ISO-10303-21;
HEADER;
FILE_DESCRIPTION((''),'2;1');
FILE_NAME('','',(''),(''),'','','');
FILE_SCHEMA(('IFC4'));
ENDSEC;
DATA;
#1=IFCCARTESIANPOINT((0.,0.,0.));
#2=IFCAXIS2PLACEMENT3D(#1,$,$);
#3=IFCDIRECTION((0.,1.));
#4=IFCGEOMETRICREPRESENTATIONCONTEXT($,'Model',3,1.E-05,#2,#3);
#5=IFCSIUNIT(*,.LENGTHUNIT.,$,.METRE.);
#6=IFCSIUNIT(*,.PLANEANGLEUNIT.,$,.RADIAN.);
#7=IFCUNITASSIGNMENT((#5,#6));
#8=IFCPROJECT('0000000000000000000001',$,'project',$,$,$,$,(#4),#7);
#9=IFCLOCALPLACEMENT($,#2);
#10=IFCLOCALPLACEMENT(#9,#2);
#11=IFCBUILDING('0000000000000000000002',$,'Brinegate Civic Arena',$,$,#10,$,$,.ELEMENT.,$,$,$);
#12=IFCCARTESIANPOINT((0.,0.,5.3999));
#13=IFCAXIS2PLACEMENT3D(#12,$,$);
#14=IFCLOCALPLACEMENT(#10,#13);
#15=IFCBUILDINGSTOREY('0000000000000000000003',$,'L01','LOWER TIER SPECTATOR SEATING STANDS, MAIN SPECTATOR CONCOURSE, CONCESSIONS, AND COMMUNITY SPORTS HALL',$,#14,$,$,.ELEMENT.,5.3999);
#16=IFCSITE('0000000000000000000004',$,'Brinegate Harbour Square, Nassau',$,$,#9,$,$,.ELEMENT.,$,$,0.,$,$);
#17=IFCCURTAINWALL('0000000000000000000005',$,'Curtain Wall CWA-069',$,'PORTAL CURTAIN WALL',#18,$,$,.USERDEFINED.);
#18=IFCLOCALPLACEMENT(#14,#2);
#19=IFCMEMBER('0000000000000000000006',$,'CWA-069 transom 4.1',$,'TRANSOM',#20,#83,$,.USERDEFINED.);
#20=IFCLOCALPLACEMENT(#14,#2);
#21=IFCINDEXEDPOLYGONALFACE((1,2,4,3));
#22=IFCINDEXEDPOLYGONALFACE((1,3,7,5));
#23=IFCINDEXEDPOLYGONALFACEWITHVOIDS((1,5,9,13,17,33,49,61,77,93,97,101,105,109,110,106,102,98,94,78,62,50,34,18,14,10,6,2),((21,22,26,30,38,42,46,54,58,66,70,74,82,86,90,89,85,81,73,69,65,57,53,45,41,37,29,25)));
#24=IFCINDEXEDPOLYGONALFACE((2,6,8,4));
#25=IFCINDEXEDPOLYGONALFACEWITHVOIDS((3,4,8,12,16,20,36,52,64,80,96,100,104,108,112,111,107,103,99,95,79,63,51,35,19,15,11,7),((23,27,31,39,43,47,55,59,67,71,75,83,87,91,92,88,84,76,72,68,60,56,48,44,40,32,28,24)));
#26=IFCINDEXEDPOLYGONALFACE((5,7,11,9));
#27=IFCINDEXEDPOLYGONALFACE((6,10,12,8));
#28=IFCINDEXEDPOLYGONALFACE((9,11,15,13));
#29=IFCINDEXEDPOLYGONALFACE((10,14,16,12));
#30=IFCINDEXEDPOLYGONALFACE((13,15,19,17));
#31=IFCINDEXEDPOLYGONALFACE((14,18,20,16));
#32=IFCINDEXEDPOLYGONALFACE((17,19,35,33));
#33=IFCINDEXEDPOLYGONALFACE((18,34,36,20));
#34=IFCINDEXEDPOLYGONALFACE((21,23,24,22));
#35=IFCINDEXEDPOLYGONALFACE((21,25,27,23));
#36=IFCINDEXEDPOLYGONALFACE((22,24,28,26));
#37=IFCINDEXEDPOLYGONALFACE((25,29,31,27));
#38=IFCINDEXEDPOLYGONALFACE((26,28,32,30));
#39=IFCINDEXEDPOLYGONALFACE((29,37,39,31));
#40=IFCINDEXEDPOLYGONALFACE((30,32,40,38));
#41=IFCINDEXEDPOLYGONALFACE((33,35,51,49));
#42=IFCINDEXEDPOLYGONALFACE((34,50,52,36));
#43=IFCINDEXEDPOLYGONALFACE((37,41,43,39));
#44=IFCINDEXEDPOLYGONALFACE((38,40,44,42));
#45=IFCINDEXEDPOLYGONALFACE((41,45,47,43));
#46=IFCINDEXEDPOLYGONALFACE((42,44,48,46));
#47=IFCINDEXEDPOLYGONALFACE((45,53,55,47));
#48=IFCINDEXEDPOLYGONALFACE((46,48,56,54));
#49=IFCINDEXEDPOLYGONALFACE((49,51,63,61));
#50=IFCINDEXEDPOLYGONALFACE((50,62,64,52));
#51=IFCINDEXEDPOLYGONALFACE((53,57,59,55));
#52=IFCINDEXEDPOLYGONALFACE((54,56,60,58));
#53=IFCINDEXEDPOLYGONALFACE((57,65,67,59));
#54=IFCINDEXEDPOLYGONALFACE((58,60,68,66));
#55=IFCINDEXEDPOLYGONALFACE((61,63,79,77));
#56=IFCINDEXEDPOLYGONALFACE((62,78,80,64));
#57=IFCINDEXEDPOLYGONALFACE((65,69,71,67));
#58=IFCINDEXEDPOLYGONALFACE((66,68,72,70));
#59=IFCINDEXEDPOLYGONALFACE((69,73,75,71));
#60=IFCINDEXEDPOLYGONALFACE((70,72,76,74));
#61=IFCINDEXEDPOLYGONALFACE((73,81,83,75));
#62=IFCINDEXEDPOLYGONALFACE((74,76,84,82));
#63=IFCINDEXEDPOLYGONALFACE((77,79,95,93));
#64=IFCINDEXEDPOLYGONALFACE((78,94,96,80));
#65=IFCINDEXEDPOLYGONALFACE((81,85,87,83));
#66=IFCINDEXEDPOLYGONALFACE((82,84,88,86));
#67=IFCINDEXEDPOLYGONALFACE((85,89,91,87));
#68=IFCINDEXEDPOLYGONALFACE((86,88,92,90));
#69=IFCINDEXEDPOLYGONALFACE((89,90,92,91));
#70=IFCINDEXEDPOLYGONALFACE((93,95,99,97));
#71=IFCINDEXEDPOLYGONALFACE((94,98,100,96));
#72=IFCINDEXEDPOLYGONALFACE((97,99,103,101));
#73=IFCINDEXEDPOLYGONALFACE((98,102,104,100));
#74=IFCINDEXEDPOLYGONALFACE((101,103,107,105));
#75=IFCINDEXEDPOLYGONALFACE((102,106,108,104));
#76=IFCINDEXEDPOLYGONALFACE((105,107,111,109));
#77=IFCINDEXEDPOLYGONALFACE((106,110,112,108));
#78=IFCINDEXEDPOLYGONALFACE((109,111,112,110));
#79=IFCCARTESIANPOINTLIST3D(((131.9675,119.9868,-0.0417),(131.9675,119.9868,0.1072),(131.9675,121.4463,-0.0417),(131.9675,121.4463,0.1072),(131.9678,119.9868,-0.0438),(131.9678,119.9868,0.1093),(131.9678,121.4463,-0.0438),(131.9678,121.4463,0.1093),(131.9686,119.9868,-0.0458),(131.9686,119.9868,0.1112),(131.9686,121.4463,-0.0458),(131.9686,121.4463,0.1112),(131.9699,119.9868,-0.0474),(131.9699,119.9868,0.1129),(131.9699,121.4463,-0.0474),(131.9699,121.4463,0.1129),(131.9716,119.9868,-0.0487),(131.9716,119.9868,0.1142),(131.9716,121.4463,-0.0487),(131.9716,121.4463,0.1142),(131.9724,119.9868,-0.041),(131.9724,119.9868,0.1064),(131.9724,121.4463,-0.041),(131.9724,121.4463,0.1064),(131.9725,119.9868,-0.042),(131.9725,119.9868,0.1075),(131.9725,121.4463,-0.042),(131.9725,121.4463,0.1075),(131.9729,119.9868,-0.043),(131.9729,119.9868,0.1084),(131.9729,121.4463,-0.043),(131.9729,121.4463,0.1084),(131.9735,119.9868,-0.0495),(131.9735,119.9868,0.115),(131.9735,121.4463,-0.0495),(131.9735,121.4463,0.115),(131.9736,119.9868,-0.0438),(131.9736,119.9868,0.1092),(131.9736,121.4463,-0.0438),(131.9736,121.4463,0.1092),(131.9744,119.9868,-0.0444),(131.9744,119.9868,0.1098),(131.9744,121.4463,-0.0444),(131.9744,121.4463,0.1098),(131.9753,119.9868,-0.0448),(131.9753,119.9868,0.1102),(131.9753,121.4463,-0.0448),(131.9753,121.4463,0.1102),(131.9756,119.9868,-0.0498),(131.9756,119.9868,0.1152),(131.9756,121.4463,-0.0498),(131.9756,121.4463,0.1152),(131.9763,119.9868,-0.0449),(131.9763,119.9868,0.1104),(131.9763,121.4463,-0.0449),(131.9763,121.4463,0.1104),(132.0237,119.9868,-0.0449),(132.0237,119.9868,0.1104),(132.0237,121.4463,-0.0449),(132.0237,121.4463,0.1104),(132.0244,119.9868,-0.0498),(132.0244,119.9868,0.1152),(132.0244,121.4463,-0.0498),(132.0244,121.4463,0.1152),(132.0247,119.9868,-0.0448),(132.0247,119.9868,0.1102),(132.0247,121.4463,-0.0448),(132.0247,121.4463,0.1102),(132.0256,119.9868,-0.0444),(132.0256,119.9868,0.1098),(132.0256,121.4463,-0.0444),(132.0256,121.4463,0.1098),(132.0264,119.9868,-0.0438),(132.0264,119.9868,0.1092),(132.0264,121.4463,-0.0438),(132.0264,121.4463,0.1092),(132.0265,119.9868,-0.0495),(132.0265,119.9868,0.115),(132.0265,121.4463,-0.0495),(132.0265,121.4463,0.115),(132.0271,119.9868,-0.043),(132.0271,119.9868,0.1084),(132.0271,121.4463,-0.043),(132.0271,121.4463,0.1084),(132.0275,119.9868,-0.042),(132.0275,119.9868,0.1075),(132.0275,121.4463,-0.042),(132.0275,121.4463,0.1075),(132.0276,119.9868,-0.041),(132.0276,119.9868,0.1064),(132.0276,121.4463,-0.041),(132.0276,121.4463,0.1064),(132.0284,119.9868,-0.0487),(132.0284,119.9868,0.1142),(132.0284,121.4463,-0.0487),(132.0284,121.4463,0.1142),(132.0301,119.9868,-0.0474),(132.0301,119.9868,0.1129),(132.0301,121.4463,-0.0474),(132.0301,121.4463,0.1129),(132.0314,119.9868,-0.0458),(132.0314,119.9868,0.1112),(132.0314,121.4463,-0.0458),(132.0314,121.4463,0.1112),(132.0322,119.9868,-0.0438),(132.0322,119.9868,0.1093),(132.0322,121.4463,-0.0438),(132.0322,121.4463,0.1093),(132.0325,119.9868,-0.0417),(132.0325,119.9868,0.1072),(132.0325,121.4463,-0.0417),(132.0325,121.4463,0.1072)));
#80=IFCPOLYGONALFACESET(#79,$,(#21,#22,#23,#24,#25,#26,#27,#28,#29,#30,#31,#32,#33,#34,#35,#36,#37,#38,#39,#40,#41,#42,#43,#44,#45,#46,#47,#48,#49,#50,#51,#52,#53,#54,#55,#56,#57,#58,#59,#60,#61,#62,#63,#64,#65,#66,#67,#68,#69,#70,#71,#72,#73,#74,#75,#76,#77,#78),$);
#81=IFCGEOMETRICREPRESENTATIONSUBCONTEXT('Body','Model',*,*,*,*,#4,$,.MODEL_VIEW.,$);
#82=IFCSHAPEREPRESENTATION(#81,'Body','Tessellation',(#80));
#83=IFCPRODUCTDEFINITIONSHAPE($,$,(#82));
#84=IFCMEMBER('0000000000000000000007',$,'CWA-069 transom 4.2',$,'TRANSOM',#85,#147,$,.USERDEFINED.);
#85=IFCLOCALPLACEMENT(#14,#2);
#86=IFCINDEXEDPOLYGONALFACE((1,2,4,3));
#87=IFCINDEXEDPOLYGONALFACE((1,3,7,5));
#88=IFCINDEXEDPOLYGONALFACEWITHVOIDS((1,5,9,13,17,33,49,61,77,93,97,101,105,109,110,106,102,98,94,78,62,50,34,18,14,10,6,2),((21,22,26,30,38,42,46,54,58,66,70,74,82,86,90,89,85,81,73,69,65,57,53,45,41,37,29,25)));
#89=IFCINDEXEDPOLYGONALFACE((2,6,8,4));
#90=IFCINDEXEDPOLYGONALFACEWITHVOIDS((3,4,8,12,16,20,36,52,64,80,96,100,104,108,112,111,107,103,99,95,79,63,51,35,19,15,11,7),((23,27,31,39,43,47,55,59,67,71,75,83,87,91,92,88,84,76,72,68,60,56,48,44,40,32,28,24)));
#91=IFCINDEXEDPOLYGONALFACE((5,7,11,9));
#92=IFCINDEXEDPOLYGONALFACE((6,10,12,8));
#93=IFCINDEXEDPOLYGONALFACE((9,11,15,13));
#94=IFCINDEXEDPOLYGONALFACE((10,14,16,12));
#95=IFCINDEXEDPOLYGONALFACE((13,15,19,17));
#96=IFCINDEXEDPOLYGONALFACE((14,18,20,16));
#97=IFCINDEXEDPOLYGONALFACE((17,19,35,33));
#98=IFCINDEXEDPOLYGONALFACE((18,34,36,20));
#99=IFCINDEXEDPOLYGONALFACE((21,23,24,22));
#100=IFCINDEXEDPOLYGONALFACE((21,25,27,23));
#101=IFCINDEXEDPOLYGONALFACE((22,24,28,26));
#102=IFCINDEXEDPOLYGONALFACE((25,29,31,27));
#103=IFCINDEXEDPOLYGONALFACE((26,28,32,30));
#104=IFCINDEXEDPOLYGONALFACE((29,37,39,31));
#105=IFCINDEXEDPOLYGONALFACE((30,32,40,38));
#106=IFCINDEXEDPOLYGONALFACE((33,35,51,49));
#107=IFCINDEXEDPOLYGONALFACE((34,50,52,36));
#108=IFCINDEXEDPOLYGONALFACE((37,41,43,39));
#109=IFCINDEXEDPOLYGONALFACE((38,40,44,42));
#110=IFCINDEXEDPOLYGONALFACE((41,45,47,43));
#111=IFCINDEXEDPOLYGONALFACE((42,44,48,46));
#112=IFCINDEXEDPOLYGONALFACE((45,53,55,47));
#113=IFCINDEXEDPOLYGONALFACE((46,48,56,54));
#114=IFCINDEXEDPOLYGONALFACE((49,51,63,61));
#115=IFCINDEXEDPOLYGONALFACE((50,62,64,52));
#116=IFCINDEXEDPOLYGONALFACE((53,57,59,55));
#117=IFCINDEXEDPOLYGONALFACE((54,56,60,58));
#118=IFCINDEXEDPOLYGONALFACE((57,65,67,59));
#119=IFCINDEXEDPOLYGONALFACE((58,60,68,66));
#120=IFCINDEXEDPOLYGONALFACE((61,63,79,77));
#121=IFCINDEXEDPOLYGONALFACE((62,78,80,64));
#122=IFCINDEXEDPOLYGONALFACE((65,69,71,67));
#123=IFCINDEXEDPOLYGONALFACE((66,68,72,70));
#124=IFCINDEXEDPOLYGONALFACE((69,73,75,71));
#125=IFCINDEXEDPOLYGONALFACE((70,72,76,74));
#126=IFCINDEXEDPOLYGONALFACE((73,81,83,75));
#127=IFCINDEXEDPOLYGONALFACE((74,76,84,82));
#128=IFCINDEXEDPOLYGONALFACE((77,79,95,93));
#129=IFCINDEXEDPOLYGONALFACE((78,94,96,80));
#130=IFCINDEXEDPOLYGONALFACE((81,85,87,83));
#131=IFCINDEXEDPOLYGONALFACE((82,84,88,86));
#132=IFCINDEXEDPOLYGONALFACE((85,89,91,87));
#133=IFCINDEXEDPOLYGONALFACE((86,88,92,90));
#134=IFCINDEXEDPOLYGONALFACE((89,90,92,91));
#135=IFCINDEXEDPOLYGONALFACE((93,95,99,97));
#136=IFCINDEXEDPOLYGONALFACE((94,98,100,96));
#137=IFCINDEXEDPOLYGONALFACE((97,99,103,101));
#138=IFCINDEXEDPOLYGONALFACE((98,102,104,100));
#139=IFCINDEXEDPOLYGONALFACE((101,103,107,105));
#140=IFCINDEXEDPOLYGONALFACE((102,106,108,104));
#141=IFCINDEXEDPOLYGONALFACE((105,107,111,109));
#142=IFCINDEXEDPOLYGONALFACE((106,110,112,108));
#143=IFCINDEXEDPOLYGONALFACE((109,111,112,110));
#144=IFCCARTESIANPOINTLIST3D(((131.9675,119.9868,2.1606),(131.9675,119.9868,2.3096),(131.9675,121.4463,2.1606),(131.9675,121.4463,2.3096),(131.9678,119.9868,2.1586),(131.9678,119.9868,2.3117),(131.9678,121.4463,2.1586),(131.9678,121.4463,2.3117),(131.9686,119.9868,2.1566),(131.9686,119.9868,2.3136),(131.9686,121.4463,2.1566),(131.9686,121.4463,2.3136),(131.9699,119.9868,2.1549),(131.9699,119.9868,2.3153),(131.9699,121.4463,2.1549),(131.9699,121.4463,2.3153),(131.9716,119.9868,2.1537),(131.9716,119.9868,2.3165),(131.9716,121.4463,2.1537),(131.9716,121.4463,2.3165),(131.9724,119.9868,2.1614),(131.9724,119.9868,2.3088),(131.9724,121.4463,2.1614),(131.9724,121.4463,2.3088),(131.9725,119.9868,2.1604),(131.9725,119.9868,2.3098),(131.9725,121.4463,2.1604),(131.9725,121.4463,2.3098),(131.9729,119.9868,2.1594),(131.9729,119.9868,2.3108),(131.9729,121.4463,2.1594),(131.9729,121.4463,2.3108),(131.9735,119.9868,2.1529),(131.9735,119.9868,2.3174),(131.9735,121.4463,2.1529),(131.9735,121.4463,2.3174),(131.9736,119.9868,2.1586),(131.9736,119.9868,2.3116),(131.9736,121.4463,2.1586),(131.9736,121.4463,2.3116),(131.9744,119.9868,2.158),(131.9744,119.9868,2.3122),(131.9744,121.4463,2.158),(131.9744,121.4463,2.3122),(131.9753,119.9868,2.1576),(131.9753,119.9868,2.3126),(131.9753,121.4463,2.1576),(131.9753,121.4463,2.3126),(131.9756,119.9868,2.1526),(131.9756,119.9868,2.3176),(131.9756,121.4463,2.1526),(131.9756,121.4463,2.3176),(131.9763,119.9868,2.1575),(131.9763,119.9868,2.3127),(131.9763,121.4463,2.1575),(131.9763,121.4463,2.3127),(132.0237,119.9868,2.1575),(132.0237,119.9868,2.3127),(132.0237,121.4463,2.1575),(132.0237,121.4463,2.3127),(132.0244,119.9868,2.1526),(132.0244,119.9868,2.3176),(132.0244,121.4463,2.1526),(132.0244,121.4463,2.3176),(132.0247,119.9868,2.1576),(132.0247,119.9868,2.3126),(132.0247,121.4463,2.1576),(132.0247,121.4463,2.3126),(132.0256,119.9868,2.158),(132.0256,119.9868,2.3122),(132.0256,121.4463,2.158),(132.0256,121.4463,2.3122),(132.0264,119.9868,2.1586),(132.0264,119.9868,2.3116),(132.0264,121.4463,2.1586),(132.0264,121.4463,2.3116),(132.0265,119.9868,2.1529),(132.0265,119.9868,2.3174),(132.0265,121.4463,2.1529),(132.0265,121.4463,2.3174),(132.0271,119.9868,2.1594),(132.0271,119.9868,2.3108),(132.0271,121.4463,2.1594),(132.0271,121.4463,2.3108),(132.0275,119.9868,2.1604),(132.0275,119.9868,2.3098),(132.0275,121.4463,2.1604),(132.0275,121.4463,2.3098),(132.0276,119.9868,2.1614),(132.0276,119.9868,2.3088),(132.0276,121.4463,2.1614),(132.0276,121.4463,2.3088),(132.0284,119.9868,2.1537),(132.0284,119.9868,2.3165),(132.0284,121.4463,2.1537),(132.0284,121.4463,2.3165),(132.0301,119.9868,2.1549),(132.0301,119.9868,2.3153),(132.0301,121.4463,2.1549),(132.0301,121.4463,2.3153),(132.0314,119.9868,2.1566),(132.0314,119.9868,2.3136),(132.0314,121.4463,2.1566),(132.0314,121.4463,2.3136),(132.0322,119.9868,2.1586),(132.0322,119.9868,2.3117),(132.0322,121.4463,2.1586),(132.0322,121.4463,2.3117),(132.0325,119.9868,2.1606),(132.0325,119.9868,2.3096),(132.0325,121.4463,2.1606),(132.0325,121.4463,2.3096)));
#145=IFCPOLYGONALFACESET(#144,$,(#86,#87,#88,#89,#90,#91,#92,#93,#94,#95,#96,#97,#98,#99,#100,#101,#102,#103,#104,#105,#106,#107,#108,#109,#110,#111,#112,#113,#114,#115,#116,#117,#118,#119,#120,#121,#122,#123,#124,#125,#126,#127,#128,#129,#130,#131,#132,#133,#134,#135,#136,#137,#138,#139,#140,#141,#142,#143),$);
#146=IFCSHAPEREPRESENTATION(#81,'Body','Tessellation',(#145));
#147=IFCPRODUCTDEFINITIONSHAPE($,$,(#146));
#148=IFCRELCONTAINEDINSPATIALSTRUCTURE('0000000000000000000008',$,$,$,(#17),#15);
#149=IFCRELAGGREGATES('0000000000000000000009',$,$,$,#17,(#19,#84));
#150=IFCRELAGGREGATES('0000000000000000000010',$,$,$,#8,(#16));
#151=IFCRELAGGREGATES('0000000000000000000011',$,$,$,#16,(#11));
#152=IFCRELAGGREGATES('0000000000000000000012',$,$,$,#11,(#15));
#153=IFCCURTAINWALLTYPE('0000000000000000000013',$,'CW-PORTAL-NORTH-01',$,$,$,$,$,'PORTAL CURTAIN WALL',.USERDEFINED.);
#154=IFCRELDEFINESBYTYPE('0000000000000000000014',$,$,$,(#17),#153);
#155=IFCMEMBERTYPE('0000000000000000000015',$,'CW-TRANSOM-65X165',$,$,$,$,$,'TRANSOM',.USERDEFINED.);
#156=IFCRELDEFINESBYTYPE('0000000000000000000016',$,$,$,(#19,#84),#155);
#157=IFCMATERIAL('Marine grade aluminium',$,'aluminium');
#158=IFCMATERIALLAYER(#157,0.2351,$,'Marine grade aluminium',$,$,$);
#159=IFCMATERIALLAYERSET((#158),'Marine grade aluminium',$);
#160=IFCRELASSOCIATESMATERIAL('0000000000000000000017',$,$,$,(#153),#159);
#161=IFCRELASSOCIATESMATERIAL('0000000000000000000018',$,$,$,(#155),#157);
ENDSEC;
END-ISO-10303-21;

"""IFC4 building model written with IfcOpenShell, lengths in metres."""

from ifc_helpers import new_model, si_unit, direction, frame, origin, origin_2d, place, context, subcontext, project, spatial, hollow_rectangle, extrude, material, layer, layer_set, material_profile, profile_set, type_object, element, aggregate, save


model = new_model("IFC4")

# Units and contexts
model_context = context("Model", 3, precision=1e-05, world=origin(), true_north=direction((0.0, 1.0)))
body_context = subcontext(model_context, "Body", "Model", "MODEL_VIEW")
ifc_project = project(units=[si_unit("LENGTHUNIT", "METRE"), si_unit("PLANEANGLEUNIT", "RADIAN")], contexts=[model_context])

# Site, building, storey
site_placement = place(None, origin())
site = spatial("IfcSite", under=ifc_project, at=site_placement, Name="Brinegate Harbour Square, Nassau", CompositionType="ELEMENT", RefElevation=0.0)
building_placement = place(site_placement, origin())
building = spatial("IfcBuilding", under=site, at=building_placement, Name="Brinegate Civic Arena", CompositionType="ELEMENT")
storey_placement = place(building_placement, frame((0.0, 0.0, 5.3999)))
storey = spatial("IfcBuildingStorey", under=building, at=storey_placement, Name="L01", Description="LOWER TIER SPECTATOR SEATING STANDS, MAIN SPECTATOR CONCOURSE, CONCESSIONS, AND COMMUNITY SPORTS HALL", CompositionType="ELEMENT", Elevation=5.3999)

# Curtain wall, members
ifc_material_1 = material(Name="Marine grade aluminium", Category="aluminium")
ifc_layer_1 = layer(ifc_material_1, 0.2351, Name="Marine grade aluminium")
ifc_layer_set_1 = layer_set([ifc_layer_1], Name="Marine grade aluminium")
curtain_wall_type = type_object("IfcCurtainWallType", Name="CW-PORTAL-NORTH-01", ElementType="PORTAL CURTAIN WALL", PredefinedType="USERDEFINED", material=ifc_layer_set_1)
curtain_wall_placement = place(storey_placement, origin())
curtain_wall = element("IfcCurtainWall", 1, at=curtain_wall_placement, inside=storey, type_object=curtain_wall_type, Name="Curtain Wall CWA-069", ObjectType="PORTAL CURTAIN WALL", PredefinedType="USERDEFINED")
ifc_material_profile_1 = material_profile(ifc_material_1, hollow_rectangle(XDim=0.0649, YDim=0.165, WallThickness=0.0049, InnerFilletRadius=0.0039, OuterFilletRadius=0.0081, at=origin_2d()), Name="TRN65X165")
ifc_profile_set_1 = profile_set([ifc_material_profile_1], Name="Marine grade aluminium")
member_type_1 = type_object("IfcMemberType", Name="CW-TRANSOM-65X165", ElementType="TRANSOM", PredefinedType="USERDEFINED", material=ifc_profile_set_1)
member_1_placement = place(storey_placement, frame((132.0, 119.9868, 0.0327), z_axis=(0.0, 1.0, 0.0), x_axis=(-1.0, 0.0, 0.0)))
member_1 = element("IfcMember", 2, at=member_1_placement, type_object=member_type_1, Name="CWA-069 transom 4.1", ObjectType="TRANSOM", PredefinedType="USERDEFINED", context=body_context, shape_type="SweptSolid", body=[
    extrude(hollow_rectangle(XDim=0.0649, YDim=0.165, WallThickness=0.0049, InnerFilletRadius=0.0039, OuterFilletRadius=0.0081, at=origin_2d()), origin(), (0.0, 0.0, 1.0), 1.4595),
])
member_2_placement = place(storey_placement, frame((132.0, 119.9868, 2.2351), z_axis=(0.0, 1.0, 0.0), x_axis=(-1.0, 0.0, 0.0)))
member_2 = element("IfcMember", 3, at=member_2_placement, type_object=member_type_1, Name="CWA-069 transom 4.2", ObjectType="TRANSOM", PredefinedType="USERDEFINED", context=body_context, shape_type="SweptSolid", body=[
    extrude(hollow_rectangle(XDim=0.0649, YDim=0.165, WallThickness=0.0049, InnerFilletRadius=0.0039, OuterFilletRadius=0.0081, at=origin_2d()), origin(), (0.0, 0.0, 1.0), 1.4595),
])
aggregate(curtain_wall, [member_1, member_2])

save(model, "model.ifc")
